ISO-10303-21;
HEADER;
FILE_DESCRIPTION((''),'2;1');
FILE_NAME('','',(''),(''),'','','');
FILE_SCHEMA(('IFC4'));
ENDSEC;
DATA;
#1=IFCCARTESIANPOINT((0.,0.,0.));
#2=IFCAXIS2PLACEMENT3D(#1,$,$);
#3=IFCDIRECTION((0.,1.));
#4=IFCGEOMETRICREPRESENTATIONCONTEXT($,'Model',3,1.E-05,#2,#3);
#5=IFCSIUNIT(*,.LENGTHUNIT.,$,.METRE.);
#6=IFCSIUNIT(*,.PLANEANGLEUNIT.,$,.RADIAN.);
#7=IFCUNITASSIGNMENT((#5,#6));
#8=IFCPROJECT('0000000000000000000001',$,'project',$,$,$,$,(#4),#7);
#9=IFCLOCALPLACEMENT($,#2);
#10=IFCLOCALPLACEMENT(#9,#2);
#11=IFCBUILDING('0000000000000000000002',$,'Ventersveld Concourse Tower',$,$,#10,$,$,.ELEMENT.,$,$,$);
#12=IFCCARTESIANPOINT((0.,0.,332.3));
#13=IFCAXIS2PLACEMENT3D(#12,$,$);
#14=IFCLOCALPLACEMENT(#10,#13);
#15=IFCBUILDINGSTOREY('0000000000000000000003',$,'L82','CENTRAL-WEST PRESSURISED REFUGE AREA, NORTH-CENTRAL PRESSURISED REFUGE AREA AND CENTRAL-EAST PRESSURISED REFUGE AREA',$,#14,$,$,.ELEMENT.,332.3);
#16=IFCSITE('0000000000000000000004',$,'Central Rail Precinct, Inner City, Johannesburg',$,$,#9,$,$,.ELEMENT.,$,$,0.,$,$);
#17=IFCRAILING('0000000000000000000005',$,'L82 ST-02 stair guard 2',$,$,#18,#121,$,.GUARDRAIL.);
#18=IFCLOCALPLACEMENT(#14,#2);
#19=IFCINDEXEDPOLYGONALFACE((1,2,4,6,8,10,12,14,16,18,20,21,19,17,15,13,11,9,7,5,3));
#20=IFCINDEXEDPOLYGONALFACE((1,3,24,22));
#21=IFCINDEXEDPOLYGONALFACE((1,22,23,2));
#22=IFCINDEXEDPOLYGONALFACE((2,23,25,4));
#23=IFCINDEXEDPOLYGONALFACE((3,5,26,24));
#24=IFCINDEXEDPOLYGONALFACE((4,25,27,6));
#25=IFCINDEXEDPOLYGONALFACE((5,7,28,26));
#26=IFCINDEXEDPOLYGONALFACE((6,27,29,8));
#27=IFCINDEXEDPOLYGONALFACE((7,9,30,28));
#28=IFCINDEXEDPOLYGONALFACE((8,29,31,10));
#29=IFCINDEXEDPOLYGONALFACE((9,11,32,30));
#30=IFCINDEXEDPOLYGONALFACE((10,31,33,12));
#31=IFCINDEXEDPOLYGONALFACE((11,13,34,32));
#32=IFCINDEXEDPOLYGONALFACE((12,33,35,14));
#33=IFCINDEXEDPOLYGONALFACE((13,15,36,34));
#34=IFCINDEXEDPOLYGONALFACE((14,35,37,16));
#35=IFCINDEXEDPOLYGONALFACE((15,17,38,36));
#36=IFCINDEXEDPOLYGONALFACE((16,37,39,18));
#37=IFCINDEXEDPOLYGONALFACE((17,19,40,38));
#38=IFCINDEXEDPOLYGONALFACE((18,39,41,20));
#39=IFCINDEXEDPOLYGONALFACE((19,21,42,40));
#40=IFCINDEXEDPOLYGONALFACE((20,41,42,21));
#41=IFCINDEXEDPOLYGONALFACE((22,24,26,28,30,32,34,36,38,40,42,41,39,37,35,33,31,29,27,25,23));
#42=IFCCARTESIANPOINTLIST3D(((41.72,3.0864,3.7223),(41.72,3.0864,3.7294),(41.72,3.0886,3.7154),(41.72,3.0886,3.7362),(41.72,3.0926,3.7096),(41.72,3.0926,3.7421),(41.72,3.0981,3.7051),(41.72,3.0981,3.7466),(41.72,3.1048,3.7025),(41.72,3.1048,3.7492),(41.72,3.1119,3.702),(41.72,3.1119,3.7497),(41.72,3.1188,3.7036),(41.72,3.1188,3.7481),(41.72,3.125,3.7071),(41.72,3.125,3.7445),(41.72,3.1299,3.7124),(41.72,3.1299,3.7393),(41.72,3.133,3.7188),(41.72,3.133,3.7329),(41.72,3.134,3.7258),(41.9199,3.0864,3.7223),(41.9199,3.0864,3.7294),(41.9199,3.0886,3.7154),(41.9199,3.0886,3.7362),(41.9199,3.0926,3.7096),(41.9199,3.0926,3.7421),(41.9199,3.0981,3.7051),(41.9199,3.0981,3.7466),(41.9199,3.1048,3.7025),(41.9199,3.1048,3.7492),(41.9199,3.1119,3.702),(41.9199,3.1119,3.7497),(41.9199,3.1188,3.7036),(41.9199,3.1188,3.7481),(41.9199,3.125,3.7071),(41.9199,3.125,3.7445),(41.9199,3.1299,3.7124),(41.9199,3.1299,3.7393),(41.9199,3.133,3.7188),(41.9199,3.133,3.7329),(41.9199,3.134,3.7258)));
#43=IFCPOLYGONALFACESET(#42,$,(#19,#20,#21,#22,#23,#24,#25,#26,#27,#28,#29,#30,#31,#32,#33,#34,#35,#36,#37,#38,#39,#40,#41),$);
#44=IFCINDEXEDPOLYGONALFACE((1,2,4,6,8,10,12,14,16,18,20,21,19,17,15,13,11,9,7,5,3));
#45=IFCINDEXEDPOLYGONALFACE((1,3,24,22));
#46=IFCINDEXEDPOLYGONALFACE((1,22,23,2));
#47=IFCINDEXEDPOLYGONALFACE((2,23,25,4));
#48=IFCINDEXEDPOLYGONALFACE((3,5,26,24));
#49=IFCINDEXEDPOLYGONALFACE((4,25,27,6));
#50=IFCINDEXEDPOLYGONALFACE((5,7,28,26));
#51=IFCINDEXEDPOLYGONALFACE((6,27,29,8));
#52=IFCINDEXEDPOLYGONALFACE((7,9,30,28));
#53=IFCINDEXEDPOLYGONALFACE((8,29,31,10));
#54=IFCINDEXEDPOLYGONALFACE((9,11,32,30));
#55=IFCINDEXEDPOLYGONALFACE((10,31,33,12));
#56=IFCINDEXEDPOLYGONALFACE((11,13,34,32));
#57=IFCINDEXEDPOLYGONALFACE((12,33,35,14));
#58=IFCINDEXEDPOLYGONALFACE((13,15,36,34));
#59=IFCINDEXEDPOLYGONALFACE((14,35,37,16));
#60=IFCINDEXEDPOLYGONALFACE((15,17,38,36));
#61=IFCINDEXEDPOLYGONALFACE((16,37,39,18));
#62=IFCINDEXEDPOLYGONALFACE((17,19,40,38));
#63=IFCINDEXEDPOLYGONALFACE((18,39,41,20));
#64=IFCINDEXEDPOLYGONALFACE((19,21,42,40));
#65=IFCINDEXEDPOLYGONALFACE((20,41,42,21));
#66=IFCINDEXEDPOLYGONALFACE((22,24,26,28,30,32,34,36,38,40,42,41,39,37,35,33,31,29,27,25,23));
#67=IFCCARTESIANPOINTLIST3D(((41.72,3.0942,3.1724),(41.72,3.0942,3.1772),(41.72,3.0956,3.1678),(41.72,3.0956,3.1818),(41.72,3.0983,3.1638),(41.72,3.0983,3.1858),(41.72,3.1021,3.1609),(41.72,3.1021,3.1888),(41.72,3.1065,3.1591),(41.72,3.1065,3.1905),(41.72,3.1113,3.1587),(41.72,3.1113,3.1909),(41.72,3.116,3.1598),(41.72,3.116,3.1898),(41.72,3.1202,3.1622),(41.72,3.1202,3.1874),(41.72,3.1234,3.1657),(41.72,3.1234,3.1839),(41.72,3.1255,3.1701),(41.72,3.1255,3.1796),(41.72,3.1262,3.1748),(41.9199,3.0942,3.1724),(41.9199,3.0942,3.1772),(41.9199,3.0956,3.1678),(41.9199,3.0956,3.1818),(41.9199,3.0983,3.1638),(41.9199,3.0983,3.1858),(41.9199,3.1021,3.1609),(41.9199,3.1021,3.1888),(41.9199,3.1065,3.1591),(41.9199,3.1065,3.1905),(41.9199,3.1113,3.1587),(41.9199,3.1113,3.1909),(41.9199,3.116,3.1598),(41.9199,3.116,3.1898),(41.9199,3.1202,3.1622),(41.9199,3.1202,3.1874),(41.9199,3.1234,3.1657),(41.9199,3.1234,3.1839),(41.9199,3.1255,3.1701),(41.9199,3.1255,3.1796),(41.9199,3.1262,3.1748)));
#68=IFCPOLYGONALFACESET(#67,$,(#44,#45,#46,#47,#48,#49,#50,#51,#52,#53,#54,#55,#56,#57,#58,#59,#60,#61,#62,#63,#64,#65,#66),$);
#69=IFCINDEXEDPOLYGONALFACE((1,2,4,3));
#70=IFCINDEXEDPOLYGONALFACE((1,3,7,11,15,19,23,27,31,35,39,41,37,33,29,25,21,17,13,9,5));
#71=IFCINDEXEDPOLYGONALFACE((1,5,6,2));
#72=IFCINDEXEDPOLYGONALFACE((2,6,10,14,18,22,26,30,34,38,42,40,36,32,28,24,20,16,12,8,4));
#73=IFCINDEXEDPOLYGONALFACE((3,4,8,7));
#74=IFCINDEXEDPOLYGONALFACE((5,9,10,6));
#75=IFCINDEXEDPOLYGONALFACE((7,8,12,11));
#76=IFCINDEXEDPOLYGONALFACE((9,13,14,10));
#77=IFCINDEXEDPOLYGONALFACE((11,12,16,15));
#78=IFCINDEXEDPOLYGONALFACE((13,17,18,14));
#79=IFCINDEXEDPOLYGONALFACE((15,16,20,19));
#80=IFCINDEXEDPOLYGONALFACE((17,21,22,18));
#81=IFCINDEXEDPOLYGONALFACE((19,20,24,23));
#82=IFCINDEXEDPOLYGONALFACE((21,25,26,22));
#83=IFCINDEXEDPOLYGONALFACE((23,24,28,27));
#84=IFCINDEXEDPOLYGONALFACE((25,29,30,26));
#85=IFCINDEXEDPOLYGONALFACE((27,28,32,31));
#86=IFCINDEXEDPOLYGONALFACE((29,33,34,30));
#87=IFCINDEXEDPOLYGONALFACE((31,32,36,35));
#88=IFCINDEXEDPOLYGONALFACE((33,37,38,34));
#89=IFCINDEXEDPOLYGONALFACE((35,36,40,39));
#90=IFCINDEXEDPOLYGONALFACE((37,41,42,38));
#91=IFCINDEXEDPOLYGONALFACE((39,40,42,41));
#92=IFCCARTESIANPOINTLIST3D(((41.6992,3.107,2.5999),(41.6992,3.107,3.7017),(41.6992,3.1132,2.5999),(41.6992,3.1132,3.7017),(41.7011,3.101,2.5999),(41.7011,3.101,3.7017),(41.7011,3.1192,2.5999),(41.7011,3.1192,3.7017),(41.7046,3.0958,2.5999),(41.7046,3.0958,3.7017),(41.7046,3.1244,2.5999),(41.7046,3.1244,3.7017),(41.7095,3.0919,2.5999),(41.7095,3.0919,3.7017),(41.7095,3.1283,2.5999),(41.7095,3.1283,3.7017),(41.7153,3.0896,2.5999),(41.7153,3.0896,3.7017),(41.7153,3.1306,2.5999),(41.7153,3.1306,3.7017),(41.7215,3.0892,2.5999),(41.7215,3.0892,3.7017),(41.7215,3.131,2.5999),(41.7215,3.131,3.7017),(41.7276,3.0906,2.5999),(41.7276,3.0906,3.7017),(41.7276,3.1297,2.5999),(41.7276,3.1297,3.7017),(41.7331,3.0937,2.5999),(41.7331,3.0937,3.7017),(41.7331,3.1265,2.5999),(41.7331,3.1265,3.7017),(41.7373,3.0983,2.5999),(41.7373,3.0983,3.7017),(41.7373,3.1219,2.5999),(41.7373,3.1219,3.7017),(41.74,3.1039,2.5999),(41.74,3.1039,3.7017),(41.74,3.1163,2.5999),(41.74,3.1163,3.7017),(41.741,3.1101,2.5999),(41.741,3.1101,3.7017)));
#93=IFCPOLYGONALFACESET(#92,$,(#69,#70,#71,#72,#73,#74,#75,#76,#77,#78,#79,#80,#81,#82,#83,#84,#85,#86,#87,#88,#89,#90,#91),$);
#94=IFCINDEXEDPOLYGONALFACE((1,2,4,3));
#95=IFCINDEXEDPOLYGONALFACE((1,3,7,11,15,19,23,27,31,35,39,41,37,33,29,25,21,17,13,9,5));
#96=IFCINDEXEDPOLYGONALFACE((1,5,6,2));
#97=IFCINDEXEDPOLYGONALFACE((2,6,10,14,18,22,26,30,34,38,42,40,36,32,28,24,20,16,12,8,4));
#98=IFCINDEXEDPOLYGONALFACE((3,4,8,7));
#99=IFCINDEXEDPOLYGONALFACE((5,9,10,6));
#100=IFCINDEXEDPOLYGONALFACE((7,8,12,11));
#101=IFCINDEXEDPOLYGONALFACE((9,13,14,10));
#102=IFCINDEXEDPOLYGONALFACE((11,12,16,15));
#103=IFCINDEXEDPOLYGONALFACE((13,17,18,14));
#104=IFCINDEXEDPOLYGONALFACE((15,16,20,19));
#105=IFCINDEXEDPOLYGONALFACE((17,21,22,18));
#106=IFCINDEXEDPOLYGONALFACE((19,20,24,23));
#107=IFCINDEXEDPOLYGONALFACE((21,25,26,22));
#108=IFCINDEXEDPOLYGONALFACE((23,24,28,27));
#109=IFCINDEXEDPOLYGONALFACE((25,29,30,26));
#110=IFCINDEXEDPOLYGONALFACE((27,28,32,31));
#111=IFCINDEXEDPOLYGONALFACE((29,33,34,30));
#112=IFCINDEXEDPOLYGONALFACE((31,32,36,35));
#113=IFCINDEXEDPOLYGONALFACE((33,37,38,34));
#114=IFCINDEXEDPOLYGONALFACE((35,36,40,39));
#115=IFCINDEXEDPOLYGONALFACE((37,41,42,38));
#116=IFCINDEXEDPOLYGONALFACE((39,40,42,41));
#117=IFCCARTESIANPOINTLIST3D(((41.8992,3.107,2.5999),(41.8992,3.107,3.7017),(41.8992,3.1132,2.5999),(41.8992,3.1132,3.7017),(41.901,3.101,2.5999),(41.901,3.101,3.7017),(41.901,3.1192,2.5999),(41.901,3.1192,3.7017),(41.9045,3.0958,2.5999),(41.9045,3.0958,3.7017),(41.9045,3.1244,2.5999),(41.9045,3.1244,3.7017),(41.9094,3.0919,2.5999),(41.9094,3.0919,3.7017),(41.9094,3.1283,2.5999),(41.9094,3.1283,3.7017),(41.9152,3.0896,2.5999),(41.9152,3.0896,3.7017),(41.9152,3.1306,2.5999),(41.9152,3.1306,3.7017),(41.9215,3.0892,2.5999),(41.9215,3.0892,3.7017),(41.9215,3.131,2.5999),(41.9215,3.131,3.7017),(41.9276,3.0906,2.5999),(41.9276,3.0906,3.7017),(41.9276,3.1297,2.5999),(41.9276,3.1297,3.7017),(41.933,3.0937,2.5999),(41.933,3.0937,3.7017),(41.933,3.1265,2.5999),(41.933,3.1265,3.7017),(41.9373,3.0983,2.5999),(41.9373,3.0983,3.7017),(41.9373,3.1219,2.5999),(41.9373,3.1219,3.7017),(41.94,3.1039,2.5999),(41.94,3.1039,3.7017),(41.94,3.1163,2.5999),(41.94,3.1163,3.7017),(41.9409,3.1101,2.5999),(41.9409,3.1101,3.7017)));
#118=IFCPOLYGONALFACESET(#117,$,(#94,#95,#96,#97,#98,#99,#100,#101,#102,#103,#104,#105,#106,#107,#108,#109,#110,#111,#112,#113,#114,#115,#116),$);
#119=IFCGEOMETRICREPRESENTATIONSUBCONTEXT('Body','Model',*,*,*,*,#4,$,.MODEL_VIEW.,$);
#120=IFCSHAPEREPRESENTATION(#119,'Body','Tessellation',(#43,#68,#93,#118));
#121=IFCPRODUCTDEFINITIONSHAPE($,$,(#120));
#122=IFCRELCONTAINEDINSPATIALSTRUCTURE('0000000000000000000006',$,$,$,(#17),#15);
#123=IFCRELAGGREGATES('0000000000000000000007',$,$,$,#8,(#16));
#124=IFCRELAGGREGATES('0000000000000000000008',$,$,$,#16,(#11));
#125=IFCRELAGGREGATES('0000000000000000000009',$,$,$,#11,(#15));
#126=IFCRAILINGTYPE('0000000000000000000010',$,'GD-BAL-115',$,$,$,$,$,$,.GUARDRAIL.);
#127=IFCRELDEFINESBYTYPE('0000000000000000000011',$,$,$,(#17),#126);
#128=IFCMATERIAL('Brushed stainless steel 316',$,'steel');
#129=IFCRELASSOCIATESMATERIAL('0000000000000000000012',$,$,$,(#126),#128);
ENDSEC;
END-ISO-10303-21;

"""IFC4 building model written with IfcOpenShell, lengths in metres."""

from ifc_helpers import new_model, si_unit, direction, frame, origin, origin_2d, place, context, subcontext, project, spatial, circle, extrude, material, type_object, element, save


model = new_model("IFC4")

# Units and contexts
model_context = context("Model", 3, precision=1e-05, world=origin(), true_north=direction((0.0, 1.0)))
body_context = subcontext(model_context, "Body", "Model", "MODEL_VIEW")
ifc_project = project(units=[si_unit("LENGTHUNIT", "METRE"), si_unit("PLANEANGLEUNIT", "RADIAN")], contexts=[model_context])

# Site, building, storey
site_placement = place(None, origin())
site = spatial("IfcSite", under=ifc_project, at=site_placement, Name="Central Rail Precinct, Inner City, Johannesburg", CompositionType="ELEMENT", RefElevation=0.0)
building_placement = place(site_placement, origin())
building = spatial("IfcBuilding", under=site, at=building_placement, Name="Ventersveld Concourse Tower", CompositionType="ELEMENT")
storey_placement = place(building_placement, frame((0.0, 0.0, 332.3)))
storey = spatial("IfcBuildingStorey", under=building, at=storey_placement, Name="L82", Description="CENTRAL-WEST PRESSURISED REFUGE AREA, NORTH-CENTRAL PRESSURISED REFUGE AREA AND CENTRAL-EAST PRESSURISED REFUGE AREA", CompositionType="ELEMENT", Elevation=332.3)

# Railing
ifc_material_1 = material(Name="Brushed stainless steel 316", Category="steel")
railing_type_1 = type_object("IfcRailingType", Name="GD-BAL-115", PredefinedType="GUARDRAIL", material=ifc_material_1)
railing_1_placement = place(storey_placement, frame((41.72, 3.1101, 2.5999)))
element("IfcRailing", 1, at=railing_1_placement, inside=storey, type_object=railing_type_1, Name="L82 ST-02 stair guard 2", PredefinedType="GUARDRAIL", context=body_context, shape_type="SweptSolid", body=[
    extrude(circle(Radius=0.0239, at=origin_2d()), frame((0.0, 0.0, 1.126), z_axis=(1.0, 0.0, 0.0), x_axis=(0.0, 1.0, 0.0)), (0.0, 0.0, 1.0), 0.2),
    extrude(circle(Radius=0.0161, at=origin_2d()), frame((0.0, 0.0, 0.575), z_axis=(1.0, 0.0, 0.0), x_axis=(0.0, 1.0, 0.0)), (0.0, 0.0, 1.0), 0.2),
    extrude(circle(Radius=0.021, at=origin_2d()), origin(), (0.0, 0.0, 1.0), 1.1018),
    extrude(circle(Radius=0.021, at=origin_2d()), frame((0.2, 0.0, 0.0)), (0.0, 0.0, 1.0), 1.1018),
])

save(model, "model.ifc")
